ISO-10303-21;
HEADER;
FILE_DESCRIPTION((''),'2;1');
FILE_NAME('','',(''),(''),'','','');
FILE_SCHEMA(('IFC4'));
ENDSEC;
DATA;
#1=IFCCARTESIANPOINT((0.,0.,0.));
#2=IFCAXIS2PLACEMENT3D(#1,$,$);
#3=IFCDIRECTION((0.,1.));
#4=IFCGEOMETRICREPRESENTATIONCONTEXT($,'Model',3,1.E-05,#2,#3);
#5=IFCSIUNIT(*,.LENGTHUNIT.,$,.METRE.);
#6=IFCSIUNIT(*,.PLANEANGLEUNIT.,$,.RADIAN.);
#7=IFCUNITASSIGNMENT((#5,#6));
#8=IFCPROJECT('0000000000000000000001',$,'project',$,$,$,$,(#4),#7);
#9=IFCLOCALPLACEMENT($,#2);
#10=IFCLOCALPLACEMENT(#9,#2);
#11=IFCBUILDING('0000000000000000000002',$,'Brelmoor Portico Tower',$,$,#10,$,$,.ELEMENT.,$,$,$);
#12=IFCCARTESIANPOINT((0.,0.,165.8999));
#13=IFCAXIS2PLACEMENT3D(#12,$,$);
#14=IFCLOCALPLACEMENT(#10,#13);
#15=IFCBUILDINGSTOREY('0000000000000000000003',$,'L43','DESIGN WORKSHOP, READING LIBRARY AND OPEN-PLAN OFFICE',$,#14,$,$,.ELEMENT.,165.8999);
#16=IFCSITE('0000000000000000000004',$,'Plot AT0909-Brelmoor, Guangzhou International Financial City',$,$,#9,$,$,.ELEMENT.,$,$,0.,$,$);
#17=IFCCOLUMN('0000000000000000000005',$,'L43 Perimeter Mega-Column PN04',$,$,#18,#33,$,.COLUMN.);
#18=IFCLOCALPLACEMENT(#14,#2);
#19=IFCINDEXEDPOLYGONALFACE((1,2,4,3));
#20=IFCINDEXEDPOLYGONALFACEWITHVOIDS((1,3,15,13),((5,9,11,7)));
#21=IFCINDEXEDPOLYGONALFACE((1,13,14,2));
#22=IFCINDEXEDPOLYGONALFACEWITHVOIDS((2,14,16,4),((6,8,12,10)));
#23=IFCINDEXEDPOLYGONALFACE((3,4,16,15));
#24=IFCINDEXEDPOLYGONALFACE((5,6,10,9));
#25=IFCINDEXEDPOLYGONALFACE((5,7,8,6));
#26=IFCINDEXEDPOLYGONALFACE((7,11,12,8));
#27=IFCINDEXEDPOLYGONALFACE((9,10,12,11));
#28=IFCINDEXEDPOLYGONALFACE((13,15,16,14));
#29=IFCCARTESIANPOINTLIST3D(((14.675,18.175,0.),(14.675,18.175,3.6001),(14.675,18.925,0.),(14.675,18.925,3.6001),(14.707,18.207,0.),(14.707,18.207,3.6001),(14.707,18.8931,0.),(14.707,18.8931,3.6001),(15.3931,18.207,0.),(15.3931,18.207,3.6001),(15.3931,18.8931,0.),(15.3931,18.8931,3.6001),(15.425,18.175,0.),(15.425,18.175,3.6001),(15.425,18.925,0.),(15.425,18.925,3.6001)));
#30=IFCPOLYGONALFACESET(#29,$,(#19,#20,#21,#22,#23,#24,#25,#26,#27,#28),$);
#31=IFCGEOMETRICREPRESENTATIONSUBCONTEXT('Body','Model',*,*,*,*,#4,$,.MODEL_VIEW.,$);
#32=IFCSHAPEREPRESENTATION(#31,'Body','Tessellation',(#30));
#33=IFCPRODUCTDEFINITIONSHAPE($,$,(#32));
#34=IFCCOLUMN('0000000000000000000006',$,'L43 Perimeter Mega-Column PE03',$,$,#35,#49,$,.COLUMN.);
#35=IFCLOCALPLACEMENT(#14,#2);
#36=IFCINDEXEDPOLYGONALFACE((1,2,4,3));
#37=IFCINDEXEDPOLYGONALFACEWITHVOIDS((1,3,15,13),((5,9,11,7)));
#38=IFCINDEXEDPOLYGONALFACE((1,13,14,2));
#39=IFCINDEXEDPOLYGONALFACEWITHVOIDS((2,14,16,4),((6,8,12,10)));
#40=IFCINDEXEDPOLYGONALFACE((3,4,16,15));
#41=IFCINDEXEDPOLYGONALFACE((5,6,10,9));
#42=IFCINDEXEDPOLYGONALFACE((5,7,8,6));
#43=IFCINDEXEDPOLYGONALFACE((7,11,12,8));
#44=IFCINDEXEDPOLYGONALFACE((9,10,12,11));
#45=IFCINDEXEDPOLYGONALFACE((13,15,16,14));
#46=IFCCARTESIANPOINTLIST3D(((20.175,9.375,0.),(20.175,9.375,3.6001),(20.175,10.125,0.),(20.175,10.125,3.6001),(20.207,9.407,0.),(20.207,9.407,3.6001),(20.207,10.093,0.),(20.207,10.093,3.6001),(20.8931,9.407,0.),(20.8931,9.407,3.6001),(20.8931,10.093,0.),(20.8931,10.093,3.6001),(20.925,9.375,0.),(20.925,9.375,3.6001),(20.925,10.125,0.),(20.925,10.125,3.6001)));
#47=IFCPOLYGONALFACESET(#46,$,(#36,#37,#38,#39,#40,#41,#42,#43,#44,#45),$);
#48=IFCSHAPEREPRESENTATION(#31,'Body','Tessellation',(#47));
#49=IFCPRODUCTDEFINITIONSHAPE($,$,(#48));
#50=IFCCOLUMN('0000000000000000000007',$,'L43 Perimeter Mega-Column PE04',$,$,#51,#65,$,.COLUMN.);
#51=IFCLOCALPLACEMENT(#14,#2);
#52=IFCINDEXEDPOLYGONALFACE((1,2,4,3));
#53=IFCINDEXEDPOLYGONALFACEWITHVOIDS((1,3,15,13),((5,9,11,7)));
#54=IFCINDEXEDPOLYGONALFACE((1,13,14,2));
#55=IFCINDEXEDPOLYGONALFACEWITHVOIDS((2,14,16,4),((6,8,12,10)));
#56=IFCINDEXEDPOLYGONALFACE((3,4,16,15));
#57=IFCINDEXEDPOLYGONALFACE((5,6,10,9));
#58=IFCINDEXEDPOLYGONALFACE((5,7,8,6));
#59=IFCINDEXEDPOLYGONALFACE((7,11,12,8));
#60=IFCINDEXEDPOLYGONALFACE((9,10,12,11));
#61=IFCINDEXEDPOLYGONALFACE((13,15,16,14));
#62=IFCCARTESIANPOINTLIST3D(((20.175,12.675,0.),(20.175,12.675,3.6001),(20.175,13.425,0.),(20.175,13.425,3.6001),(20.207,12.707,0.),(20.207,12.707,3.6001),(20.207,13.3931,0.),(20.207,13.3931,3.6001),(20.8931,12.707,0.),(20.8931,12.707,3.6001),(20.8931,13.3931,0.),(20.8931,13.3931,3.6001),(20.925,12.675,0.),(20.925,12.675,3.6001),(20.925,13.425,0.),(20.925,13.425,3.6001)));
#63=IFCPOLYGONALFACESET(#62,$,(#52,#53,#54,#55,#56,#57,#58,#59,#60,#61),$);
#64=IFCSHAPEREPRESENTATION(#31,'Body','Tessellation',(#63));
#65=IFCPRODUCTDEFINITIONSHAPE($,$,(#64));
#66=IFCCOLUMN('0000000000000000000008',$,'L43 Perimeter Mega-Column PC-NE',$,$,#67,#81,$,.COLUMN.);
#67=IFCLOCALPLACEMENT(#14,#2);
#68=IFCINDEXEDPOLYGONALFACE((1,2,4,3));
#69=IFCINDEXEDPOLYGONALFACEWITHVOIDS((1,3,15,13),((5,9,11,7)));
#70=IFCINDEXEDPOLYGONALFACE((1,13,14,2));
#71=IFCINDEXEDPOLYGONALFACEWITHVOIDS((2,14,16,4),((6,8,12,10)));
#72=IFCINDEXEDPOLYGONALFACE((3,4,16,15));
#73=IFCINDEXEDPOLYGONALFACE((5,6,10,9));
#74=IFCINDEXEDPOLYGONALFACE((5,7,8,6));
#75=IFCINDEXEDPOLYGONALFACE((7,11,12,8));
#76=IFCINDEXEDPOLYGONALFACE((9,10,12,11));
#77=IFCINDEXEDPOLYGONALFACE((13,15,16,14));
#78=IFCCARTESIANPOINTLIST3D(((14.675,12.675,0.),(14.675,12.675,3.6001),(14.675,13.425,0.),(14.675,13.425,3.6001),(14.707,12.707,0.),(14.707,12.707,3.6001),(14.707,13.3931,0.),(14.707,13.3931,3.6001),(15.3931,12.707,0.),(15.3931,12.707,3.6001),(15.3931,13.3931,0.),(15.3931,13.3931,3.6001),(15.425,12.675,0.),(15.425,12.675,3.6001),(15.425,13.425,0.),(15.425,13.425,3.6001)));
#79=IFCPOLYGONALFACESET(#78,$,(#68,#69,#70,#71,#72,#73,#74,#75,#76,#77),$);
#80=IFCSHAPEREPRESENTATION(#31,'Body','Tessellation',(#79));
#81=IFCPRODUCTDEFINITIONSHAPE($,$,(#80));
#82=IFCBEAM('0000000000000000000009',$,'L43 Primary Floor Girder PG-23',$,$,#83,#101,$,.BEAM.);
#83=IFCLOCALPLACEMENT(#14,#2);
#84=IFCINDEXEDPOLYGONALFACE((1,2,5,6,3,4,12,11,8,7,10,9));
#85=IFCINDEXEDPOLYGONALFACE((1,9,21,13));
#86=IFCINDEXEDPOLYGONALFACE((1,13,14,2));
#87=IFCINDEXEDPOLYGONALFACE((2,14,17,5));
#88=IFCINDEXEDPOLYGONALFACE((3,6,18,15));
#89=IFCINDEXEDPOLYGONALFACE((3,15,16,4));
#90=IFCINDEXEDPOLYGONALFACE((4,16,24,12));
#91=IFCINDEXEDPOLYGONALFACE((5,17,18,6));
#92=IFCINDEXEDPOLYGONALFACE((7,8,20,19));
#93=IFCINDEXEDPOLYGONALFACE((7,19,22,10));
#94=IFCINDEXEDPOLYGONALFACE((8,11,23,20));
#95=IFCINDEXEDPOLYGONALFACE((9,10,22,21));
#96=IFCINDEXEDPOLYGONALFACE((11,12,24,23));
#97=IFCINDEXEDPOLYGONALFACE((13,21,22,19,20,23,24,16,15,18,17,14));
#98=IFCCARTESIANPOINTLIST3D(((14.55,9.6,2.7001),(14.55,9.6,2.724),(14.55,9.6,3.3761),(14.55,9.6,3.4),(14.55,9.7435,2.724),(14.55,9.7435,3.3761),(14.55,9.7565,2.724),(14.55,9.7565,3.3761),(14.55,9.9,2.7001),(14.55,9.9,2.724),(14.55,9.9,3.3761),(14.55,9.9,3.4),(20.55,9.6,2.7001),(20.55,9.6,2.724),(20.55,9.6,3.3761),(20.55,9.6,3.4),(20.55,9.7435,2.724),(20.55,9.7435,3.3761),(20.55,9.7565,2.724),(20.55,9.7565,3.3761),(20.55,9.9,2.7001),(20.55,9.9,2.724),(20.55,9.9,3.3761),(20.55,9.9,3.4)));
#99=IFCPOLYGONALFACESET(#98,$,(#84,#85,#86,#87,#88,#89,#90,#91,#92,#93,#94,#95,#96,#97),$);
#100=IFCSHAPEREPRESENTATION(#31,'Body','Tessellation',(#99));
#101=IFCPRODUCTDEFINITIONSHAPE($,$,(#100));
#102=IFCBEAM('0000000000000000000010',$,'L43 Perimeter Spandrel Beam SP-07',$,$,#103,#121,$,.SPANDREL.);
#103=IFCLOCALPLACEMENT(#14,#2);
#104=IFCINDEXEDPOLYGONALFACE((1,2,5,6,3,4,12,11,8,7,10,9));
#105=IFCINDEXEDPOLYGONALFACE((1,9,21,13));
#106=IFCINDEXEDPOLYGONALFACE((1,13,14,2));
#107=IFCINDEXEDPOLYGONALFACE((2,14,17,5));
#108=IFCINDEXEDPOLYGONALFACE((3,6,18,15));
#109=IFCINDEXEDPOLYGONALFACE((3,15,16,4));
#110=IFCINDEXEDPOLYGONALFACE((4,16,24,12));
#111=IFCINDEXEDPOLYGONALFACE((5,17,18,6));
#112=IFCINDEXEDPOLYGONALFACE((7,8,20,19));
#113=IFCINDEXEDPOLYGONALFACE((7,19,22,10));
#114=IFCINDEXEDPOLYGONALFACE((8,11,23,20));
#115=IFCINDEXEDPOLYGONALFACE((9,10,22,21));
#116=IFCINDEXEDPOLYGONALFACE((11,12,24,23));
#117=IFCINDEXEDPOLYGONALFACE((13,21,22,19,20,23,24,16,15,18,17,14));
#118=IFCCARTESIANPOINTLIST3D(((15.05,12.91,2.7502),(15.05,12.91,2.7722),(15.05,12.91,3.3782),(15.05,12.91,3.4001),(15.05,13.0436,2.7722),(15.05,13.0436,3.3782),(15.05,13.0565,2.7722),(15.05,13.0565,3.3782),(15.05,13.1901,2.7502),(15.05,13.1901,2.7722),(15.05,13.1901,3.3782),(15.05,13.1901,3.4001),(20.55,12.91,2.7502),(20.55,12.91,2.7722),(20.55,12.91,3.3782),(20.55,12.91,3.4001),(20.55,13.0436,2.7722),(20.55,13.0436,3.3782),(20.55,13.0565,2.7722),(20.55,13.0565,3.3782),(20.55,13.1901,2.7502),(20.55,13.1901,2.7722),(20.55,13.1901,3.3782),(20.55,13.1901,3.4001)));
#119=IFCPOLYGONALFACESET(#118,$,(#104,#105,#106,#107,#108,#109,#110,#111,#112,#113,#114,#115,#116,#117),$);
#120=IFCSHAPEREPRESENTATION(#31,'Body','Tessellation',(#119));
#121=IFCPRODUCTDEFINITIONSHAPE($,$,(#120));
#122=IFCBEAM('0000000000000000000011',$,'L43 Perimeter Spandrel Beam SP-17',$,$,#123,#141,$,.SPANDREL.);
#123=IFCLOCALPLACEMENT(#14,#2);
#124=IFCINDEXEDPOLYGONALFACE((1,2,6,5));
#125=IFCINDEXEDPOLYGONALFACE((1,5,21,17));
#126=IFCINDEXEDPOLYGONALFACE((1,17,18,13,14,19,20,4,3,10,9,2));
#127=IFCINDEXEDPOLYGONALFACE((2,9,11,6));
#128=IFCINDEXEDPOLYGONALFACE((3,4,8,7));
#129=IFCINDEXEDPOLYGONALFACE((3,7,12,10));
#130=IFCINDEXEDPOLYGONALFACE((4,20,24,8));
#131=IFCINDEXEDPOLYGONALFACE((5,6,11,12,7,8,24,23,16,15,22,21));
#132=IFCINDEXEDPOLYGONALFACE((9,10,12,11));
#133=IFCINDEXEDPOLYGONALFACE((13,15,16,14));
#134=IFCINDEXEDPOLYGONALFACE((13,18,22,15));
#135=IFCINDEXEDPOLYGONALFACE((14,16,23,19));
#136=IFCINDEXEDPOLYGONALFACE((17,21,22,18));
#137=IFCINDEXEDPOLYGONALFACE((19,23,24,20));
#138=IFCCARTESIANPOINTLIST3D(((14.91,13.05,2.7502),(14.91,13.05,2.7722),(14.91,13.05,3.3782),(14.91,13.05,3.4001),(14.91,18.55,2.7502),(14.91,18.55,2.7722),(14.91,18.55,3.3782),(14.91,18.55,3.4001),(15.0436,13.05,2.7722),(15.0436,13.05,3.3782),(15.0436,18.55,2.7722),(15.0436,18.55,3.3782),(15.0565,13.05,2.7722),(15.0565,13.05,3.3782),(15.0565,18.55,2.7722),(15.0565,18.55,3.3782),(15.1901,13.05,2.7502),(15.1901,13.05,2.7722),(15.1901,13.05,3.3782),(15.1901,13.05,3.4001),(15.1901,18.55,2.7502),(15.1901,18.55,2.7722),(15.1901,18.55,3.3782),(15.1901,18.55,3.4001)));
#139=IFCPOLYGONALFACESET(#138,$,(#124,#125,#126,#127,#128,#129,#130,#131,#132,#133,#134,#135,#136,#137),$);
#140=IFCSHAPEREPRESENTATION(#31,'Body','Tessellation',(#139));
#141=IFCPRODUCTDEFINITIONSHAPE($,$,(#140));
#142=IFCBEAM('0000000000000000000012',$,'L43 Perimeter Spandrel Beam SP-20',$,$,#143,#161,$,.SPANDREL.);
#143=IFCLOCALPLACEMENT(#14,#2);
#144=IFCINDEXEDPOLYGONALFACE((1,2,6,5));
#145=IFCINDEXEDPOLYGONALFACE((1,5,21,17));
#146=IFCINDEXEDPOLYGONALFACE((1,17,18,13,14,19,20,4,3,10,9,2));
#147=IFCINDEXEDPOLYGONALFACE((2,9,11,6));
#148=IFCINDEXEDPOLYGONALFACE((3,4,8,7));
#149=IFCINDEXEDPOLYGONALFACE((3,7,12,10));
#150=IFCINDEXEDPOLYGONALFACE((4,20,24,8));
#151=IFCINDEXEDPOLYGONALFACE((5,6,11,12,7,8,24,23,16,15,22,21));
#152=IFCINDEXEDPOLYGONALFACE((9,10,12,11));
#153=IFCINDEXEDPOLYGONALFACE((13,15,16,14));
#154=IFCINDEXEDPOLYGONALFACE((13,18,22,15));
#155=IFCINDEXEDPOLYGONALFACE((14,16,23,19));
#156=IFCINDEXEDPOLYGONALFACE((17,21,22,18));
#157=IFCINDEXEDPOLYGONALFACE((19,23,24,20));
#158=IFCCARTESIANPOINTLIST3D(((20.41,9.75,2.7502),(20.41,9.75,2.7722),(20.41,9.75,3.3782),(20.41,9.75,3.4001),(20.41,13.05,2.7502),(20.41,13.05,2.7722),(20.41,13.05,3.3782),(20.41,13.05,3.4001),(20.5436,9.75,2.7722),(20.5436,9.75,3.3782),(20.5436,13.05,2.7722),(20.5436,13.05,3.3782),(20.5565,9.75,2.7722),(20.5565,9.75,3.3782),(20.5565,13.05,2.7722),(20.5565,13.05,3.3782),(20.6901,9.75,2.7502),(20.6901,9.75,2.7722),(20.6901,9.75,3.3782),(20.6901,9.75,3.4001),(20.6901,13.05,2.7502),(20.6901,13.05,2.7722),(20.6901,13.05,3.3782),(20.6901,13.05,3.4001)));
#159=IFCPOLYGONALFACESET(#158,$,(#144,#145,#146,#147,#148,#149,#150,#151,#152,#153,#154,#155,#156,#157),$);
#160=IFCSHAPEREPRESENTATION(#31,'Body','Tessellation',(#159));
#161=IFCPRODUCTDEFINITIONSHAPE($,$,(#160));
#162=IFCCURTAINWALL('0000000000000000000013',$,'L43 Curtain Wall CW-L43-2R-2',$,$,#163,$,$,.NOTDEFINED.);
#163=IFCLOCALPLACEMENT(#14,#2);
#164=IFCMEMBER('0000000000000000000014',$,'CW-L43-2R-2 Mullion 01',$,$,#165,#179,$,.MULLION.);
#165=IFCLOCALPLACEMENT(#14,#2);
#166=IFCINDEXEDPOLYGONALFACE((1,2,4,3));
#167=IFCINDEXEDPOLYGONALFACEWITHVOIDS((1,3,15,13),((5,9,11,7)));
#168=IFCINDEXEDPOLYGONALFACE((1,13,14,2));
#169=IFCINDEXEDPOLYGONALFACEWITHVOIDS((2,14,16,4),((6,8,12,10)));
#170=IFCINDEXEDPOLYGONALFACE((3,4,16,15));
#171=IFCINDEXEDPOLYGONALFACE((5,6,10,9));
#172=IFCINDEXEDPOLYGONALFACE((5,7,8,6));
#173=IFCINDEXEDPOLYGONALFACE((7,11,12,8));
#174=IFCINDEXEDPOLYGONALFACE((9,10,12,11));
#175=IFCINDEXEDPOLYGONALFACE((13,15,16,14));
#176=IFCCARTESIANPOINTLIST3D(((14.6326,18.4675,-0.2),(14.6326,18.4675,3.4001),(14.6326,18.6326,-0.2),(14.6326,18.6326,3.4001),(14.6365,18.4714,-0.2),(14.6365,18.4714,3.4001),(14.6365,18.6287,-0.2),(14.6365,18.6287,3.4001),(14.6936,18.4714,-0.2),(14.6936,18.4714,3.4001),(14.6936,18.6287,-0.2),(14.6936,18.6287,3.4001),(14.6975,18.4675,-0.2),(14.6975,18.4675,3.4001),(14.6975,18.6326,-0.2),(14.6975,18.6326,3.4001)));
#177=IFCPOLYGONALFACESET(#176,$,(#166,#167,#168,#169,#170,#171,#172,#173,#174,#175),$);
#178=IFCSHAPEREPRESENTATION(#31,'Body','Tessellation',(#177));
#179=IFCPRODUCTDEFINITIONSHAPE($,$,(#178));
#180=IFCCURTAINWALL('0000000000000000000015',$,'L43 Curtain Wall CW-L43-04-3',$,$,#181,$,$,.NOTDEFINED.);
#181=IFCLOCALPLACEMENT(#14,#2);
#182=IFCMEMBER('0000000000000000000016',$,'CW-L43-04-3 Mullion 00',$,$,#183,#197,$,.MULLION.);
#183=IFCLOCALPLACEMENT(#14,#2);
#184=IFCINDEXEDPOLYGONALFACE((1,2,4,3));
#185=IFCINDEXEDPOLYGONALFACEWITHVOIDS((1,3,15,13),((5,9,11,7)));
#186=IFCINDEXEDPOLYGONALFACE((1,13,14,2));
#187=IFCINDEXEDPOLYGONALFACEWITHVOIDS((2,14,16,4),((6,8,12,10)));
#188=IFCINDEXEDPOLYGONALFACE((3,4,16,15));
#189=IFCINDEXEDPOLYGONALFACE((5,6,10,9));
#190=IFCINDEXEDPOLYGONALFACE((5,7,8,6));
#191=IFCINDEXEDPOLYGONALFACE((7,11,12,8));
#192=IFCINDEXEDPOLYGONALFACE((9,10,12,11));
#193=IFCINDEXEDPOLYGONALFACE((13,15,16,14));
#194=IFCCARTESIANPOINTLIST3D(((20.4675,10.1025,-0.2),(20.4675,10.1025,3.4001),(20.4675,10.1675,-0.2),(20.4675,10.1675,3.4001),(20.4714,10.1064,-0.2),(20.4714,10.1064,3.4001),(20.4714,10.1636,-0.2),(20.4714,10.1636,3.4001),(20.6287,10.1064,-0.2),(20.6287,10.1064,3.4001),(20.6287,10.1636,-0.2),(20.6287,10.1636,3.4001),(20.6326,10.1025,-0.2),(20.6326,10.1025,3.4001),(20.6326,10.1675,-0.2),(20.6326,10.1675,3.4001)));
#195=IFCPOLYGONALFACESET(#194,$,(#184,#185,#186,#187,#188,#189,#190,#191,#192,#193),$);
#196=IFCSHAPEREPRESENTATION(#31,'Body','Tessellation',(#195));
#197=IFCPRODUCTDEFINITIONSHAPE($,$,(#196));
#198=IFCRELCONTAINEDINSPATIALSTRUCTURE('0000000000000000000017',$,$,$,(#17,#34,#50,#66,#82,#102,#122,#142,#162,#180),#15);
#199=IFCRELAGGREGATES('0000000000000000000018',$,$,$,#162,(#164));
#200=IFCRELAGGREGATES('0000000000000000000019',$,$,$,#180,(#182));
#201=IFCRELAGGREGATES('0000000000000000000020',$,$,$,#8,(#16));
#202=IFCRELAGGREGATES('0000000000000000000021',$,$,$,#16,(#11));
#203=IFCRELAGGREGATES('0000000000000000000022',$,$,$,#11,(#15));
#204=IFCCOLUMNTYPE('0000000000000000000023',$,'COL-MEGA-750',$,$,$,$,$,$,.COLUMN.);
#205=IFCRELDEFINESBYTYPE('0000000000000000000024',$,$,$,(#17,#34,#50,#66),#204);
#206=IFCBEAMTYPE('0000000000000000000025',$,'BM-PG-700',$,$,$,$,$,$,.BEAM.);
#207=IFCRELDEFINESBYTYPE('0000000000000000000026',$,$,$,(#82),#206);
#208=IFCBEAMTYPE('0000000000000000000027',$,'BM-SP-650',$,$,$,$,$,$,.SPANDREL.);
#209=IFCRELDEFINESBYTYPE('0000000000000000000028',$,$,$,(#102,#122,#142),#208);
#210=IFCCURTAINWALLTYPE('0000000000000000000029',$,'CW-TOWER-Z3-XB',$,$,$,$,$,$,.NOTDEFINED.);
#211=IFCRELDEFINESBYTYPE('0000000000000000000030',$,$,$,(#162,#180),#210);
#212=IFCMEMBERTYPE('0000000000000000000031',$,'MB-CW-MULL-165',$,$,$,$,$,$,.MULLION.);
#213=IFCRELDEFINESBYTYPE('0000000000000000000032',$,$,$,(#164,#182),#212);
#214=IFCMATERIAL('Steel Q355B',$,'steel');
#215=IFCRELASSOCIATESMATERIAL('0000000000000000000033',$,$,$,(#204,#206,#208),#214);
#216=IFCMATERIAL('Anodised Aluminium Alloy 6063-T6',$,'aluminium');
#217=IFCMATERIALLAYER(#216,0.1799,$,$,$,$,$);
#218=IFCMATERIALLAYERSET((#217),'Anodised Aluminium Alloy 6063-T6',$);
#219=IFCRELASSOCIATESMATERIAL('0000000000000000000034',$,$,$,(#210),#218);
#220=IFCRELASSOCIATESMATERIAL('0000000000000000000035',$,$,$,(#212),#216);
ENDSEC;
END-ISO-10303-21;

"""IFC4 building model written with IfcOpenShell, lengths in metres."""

from ifc_helpers import new_model, si_unit, direction, frame, origin, origin_2d, place, context, subcontext, project, spatial, hollow_rectangle, i_section, extrude, material, layer, layer_set, material_profile, profile_set, type_object, element, aggregate, save


model = new_model("IFC4")

# Units and contexts
model_context = context("Model", 3, precision=1e-05, world=origin(), true_north=direction((0.0, 1.0)))
body_context = subcontext(model_context, "Body", "Model", "MODEL_VIEW")
ifc_project = project(units=[si_unit("LENGTHUNIT", "METRE"), si_unit("PLANEANGLEUNIT", "RADIAN")], contexts=[model_context])

# Site, building, storey
site_placement = place(None, origin())
site = spatial("IfcSite", under=ifc_project, at=site_placement, Name="Plot AT0909-Brelmoor, Guangzhou International Financial City", CompositionType="ELEMENT", RefElevation=0.0)
building_placement = place(site_placement, origin())
building = spatial("IfcBuilding", under=site, at=building_placement, Name="Brelmoor Portico Tower", CompositionType="ELEMENT")
storey_placement = place(building_placement, frame((0.0, 0.0, 165.8999)))
storey = spatial("IfcBuildingStorey", under=building, at=storey_placement, Name="L43", Description="DESIGN WORKSHOP, READING LIBRARY AND OPEN-PLAN OFFICE", CompositionType="ELEMENT", Elevation=165.8999)

# Columns
ifc_material_1 = material(Name="Steel Q355B", Category="steel")
ifc_material_profile_1 = material_profile(ifc_material_1, hollow_rectangle(XDim=0.75, YDim=0.75, WallThickness=0.032, at=origin_2d()), Name="BOX 750x750x32")
ifc_profile_set_1 = profile_set([ifc_material_profile_1], Name="Steel Q355B")
column_type = type_object("IfcColumnType", Name="COL-MEGA-750", PredefinedType="COLUMN", material=ifc_profile_set_1)
for number, where, z_axis, x_axis, name in (
    (1, (15.05, 18.55, 0.0), (0.0, 0.0, 1.0), (1.0, 0.0, 0.0), "L43 Perimeter Mega-Column PN04"),
    (2, (20.55, 9.75, 0.0), (0.0, 0.0, 1.0), (0.0, 1.0, 0.0), "L43 Perimeter Mega-Column PE03"),
    (3, (20.55, 13.05, 0.0), (0.0, 0.0, 1.0), (0.0, 1.0, 0.0), "L43 Perimeter Mega-Column PE04"),
    (4, (15.05, 13.05, 0.0), (0.0, 0.0, 1.0), (1.0, 0.0, 0.0), "L43 Perimeter Mega-Column PC-NE"),
):
    element("IfcColumn", number, at=place(storey_placement, frame(where, z_axis=z_axis, x_axis=x_axis)), inside=storey, type_object=column_type, Name=name, PredefinedType="COLUMN", context=body_context, shape_type="SweptSolid", body=[
        extrude(hollow_rectangle(XDim=0.75, YDim=0.75, WallThickness=0.032, at=origin_2d()), origin(), (0.0, 0.0, 1.0), 3.6001),
    ])

# Beams
ifc_material_profile_2 = material_profile(ifc_material_1, i_section(OverallWidth=0.3, OverallDepth=0.7, WebThickness=0.0129, FlangeThickness=0.0239, at=origin_2d()), Name="HN 700x300x13x24")
ifc_profile_set_2 = profile_set([ifc_material_profile_2], Name="Steel Q355B")
beam_type_1 = type_object("IfcBeamType", Name="BM-PG-700", PredefinedType="BEAM", material=ifc_profile_set_2)
beam_1_placement = place(storey_placement, frame((14.55, 9.75, 3.05), z_axis=(1.0, 0.0, 0.0), x_axis=(0.0, 1.0, 0.0)))
element("IfcBeam", 5, at=beam_1_placement, inside=storey, type_object=beam_type_1, Name="L43 Primary Floor Girder PG-23", PredefinedType="BEAM", context=body_context, shape_type="SweptSolid", body=[
    extrude(i_section(OverallWidth=0.3, OverallDepth=0.7, WebThickness=0.0129, FlangeThickness=0.0239, at=origin_2d()), origin(), (0.0, 0.0, 1.0), 6.0),
])
ifc_material_profile_3 = material_profile(ifc_material_1, i_section(OverallWidth=0.28, OverallDepth=0.6499, WebThickness=0.0129, FlangeThickness=0.022, at=origin_2d()), Name="HN 650x280x13x22")
ifc_profile_set_3 = profile_set([ifc_material_profile_3], Name="Steel Q355B")
beam_type_2 = type_object("IfcBeamType", Name="BM-SP-650", PredefinedType="SPANDREL", material=ifc_profile_set_3)
for number, where, z_axis, x_axis, name in (
    (6, (15.05, 13.05, 3.0752), (1.0, 0.0, 0.0), (0.0, 1.0, 0.0), "L43 Perimeter Spandrel Beam SP-07"),
    (7, (15.05, 13.05, 3.0752), (0.0, 1.0, 0.0), (-1.0, 0.0, 0.0), "L43 Perimeter Spandrel Beam SP-17"),
):
    element("IfcBeam", number, at=place(storey_placement, frame(where, z_axis=z_axis, x_axis=x_axis)), inside=storey, type_object=beam_type_2, Name=name, PredefinedType="SPANDREL", context=body_context, shape_type="SweptSolid", body=[
        extrude(i_section(OverallWidth=0.28, OverallDepth=0.6499, WebThickness=0.0129, FlangeThickness=0.022, at=origin_2d()), origin(), (0.0, 0.0, 1.0), 5.5),
    ])
beam_2_placement = place(storey_placement, frame((20.55, 9.75, 3.0752), z_axis=(0.0, 1.0, 0.0), x_axis=(-1.0, 0.0, 0.0)))
element("IfcBeam", 8, at=beam_2_placement, inside=storey, type_object=beam_type_2, Name="L43 Perimeter Spandrel Beam SP-20", PredefinedType="SPANDREL", context=body_context, shape_type="SweptSolid", body=[
    extrude(i_section(OverallWidth=0.28, OverallDepth=0.6499, WebThickness=0.0129, FlangeThickness=0.022, at=origin_2d()), origin(), (0.0, 0.0, 1.0), 3.3),
])

# Curtain wall, member
ifc_material_2 = material(Name="Anodised Aluminium Alloy 6063-T6", Category="aluminium")
ifc_layer_1 = layer(ifc_material_2, 0.1799)
ifc_layer_set_1 = layer_set([ifc_layer_1], Name="Anodised Aluminium Alloy 6063-T6")
curtain_wall_type = type_object("IfcCurtainWallType", Name="CW-TOWER-Z3-XB", PredefinedType="NOTDEFINED", material=ifc_layer_set_1)
curtain_wall_1_placement = place(storey_placement, origin())
curtain_wall_1 = element("IfcCurtainWall", 9, at=curtain_wall_1_placement, inside=storey, type_object=curtain_wall_type, Name="L43 Curtain Wall CW-L43-2R-2", PredefinedType="NOTDEFINED")
ifc_material_profile_4 = material_profile(ifc_material_2, hollow_rectangle(XDim=0.0649, YDim=0.165, WallThickness=0.0039, at=origin_2d()), Name="ALU MULLION 65x165")
ifc_profile_set_4 = profile_set([ifc_material_profile_4], Name="Anodised Aluminium Alloy 6063-T6")
member_type_1 = type_object("IfcMemberType", Name="MB-CW-MULL-165", PredefinedType="MULLION", material=ifc_profile_set_4)
member_1_placement = place(storey_placement, frame((14.665, 18.55, -0.2), z_axis=(0.0, 0.0, 1.0), x_axis=(1.0, 0.0, 0.0)))
member_1 = element("IfcMember", 10, at=member_1_placement, type_object=member_type_1, Name="CW-L43-2R-2 Mullion 01", PredefinedType="MULLION", context=body_context, shape_type="SweptSolid", body=[
    extrude(hollow_rectangle(XDim=0.0649, YDim=0.165, WallThickness=0.0039, at=origin_2d()), origin(), (0.0, 0.0, 1.0), 3.6001),
])
aggregate(curtain_wall_1, [member_1])

# Curtain wall, member
curtain_wall_2_placement = place(storey_placement, origin())
curtain_wall_2 = element("IfcCurtainWall", 11, at=curtain_wall_2_placement, inside=storey, type_object=curtain_wall_type, Name="L43 Curtain Wall CW-L43-04-3", PredefinedType="NOTDEFINED")
member_2_placement = place(storey_placement, frame((20.55, 10.135, -0.2), z_axis=(0.0, 0.0, 1.0), x_axis=(0.0, 1.0, 0.0)))
member_2 = element("IfcMember", 12, at=member_2_placement, type_object=member_type_1, Name="CW-L43-04-3 Mullion 00", PredefinedType="MULLION", context=body_context, shape_type="SweptSolid", body=[
    extrude(hollow_rectangle(XDim=0.0649, YDim=0.165, WallThickness=0.0039, at=origin_2d()), origin(), (0.0, 0.0, 1.0), 3.6001),
])
aggregate(curtain_wall_2, [member_2])

save(model, "model.ifc")
